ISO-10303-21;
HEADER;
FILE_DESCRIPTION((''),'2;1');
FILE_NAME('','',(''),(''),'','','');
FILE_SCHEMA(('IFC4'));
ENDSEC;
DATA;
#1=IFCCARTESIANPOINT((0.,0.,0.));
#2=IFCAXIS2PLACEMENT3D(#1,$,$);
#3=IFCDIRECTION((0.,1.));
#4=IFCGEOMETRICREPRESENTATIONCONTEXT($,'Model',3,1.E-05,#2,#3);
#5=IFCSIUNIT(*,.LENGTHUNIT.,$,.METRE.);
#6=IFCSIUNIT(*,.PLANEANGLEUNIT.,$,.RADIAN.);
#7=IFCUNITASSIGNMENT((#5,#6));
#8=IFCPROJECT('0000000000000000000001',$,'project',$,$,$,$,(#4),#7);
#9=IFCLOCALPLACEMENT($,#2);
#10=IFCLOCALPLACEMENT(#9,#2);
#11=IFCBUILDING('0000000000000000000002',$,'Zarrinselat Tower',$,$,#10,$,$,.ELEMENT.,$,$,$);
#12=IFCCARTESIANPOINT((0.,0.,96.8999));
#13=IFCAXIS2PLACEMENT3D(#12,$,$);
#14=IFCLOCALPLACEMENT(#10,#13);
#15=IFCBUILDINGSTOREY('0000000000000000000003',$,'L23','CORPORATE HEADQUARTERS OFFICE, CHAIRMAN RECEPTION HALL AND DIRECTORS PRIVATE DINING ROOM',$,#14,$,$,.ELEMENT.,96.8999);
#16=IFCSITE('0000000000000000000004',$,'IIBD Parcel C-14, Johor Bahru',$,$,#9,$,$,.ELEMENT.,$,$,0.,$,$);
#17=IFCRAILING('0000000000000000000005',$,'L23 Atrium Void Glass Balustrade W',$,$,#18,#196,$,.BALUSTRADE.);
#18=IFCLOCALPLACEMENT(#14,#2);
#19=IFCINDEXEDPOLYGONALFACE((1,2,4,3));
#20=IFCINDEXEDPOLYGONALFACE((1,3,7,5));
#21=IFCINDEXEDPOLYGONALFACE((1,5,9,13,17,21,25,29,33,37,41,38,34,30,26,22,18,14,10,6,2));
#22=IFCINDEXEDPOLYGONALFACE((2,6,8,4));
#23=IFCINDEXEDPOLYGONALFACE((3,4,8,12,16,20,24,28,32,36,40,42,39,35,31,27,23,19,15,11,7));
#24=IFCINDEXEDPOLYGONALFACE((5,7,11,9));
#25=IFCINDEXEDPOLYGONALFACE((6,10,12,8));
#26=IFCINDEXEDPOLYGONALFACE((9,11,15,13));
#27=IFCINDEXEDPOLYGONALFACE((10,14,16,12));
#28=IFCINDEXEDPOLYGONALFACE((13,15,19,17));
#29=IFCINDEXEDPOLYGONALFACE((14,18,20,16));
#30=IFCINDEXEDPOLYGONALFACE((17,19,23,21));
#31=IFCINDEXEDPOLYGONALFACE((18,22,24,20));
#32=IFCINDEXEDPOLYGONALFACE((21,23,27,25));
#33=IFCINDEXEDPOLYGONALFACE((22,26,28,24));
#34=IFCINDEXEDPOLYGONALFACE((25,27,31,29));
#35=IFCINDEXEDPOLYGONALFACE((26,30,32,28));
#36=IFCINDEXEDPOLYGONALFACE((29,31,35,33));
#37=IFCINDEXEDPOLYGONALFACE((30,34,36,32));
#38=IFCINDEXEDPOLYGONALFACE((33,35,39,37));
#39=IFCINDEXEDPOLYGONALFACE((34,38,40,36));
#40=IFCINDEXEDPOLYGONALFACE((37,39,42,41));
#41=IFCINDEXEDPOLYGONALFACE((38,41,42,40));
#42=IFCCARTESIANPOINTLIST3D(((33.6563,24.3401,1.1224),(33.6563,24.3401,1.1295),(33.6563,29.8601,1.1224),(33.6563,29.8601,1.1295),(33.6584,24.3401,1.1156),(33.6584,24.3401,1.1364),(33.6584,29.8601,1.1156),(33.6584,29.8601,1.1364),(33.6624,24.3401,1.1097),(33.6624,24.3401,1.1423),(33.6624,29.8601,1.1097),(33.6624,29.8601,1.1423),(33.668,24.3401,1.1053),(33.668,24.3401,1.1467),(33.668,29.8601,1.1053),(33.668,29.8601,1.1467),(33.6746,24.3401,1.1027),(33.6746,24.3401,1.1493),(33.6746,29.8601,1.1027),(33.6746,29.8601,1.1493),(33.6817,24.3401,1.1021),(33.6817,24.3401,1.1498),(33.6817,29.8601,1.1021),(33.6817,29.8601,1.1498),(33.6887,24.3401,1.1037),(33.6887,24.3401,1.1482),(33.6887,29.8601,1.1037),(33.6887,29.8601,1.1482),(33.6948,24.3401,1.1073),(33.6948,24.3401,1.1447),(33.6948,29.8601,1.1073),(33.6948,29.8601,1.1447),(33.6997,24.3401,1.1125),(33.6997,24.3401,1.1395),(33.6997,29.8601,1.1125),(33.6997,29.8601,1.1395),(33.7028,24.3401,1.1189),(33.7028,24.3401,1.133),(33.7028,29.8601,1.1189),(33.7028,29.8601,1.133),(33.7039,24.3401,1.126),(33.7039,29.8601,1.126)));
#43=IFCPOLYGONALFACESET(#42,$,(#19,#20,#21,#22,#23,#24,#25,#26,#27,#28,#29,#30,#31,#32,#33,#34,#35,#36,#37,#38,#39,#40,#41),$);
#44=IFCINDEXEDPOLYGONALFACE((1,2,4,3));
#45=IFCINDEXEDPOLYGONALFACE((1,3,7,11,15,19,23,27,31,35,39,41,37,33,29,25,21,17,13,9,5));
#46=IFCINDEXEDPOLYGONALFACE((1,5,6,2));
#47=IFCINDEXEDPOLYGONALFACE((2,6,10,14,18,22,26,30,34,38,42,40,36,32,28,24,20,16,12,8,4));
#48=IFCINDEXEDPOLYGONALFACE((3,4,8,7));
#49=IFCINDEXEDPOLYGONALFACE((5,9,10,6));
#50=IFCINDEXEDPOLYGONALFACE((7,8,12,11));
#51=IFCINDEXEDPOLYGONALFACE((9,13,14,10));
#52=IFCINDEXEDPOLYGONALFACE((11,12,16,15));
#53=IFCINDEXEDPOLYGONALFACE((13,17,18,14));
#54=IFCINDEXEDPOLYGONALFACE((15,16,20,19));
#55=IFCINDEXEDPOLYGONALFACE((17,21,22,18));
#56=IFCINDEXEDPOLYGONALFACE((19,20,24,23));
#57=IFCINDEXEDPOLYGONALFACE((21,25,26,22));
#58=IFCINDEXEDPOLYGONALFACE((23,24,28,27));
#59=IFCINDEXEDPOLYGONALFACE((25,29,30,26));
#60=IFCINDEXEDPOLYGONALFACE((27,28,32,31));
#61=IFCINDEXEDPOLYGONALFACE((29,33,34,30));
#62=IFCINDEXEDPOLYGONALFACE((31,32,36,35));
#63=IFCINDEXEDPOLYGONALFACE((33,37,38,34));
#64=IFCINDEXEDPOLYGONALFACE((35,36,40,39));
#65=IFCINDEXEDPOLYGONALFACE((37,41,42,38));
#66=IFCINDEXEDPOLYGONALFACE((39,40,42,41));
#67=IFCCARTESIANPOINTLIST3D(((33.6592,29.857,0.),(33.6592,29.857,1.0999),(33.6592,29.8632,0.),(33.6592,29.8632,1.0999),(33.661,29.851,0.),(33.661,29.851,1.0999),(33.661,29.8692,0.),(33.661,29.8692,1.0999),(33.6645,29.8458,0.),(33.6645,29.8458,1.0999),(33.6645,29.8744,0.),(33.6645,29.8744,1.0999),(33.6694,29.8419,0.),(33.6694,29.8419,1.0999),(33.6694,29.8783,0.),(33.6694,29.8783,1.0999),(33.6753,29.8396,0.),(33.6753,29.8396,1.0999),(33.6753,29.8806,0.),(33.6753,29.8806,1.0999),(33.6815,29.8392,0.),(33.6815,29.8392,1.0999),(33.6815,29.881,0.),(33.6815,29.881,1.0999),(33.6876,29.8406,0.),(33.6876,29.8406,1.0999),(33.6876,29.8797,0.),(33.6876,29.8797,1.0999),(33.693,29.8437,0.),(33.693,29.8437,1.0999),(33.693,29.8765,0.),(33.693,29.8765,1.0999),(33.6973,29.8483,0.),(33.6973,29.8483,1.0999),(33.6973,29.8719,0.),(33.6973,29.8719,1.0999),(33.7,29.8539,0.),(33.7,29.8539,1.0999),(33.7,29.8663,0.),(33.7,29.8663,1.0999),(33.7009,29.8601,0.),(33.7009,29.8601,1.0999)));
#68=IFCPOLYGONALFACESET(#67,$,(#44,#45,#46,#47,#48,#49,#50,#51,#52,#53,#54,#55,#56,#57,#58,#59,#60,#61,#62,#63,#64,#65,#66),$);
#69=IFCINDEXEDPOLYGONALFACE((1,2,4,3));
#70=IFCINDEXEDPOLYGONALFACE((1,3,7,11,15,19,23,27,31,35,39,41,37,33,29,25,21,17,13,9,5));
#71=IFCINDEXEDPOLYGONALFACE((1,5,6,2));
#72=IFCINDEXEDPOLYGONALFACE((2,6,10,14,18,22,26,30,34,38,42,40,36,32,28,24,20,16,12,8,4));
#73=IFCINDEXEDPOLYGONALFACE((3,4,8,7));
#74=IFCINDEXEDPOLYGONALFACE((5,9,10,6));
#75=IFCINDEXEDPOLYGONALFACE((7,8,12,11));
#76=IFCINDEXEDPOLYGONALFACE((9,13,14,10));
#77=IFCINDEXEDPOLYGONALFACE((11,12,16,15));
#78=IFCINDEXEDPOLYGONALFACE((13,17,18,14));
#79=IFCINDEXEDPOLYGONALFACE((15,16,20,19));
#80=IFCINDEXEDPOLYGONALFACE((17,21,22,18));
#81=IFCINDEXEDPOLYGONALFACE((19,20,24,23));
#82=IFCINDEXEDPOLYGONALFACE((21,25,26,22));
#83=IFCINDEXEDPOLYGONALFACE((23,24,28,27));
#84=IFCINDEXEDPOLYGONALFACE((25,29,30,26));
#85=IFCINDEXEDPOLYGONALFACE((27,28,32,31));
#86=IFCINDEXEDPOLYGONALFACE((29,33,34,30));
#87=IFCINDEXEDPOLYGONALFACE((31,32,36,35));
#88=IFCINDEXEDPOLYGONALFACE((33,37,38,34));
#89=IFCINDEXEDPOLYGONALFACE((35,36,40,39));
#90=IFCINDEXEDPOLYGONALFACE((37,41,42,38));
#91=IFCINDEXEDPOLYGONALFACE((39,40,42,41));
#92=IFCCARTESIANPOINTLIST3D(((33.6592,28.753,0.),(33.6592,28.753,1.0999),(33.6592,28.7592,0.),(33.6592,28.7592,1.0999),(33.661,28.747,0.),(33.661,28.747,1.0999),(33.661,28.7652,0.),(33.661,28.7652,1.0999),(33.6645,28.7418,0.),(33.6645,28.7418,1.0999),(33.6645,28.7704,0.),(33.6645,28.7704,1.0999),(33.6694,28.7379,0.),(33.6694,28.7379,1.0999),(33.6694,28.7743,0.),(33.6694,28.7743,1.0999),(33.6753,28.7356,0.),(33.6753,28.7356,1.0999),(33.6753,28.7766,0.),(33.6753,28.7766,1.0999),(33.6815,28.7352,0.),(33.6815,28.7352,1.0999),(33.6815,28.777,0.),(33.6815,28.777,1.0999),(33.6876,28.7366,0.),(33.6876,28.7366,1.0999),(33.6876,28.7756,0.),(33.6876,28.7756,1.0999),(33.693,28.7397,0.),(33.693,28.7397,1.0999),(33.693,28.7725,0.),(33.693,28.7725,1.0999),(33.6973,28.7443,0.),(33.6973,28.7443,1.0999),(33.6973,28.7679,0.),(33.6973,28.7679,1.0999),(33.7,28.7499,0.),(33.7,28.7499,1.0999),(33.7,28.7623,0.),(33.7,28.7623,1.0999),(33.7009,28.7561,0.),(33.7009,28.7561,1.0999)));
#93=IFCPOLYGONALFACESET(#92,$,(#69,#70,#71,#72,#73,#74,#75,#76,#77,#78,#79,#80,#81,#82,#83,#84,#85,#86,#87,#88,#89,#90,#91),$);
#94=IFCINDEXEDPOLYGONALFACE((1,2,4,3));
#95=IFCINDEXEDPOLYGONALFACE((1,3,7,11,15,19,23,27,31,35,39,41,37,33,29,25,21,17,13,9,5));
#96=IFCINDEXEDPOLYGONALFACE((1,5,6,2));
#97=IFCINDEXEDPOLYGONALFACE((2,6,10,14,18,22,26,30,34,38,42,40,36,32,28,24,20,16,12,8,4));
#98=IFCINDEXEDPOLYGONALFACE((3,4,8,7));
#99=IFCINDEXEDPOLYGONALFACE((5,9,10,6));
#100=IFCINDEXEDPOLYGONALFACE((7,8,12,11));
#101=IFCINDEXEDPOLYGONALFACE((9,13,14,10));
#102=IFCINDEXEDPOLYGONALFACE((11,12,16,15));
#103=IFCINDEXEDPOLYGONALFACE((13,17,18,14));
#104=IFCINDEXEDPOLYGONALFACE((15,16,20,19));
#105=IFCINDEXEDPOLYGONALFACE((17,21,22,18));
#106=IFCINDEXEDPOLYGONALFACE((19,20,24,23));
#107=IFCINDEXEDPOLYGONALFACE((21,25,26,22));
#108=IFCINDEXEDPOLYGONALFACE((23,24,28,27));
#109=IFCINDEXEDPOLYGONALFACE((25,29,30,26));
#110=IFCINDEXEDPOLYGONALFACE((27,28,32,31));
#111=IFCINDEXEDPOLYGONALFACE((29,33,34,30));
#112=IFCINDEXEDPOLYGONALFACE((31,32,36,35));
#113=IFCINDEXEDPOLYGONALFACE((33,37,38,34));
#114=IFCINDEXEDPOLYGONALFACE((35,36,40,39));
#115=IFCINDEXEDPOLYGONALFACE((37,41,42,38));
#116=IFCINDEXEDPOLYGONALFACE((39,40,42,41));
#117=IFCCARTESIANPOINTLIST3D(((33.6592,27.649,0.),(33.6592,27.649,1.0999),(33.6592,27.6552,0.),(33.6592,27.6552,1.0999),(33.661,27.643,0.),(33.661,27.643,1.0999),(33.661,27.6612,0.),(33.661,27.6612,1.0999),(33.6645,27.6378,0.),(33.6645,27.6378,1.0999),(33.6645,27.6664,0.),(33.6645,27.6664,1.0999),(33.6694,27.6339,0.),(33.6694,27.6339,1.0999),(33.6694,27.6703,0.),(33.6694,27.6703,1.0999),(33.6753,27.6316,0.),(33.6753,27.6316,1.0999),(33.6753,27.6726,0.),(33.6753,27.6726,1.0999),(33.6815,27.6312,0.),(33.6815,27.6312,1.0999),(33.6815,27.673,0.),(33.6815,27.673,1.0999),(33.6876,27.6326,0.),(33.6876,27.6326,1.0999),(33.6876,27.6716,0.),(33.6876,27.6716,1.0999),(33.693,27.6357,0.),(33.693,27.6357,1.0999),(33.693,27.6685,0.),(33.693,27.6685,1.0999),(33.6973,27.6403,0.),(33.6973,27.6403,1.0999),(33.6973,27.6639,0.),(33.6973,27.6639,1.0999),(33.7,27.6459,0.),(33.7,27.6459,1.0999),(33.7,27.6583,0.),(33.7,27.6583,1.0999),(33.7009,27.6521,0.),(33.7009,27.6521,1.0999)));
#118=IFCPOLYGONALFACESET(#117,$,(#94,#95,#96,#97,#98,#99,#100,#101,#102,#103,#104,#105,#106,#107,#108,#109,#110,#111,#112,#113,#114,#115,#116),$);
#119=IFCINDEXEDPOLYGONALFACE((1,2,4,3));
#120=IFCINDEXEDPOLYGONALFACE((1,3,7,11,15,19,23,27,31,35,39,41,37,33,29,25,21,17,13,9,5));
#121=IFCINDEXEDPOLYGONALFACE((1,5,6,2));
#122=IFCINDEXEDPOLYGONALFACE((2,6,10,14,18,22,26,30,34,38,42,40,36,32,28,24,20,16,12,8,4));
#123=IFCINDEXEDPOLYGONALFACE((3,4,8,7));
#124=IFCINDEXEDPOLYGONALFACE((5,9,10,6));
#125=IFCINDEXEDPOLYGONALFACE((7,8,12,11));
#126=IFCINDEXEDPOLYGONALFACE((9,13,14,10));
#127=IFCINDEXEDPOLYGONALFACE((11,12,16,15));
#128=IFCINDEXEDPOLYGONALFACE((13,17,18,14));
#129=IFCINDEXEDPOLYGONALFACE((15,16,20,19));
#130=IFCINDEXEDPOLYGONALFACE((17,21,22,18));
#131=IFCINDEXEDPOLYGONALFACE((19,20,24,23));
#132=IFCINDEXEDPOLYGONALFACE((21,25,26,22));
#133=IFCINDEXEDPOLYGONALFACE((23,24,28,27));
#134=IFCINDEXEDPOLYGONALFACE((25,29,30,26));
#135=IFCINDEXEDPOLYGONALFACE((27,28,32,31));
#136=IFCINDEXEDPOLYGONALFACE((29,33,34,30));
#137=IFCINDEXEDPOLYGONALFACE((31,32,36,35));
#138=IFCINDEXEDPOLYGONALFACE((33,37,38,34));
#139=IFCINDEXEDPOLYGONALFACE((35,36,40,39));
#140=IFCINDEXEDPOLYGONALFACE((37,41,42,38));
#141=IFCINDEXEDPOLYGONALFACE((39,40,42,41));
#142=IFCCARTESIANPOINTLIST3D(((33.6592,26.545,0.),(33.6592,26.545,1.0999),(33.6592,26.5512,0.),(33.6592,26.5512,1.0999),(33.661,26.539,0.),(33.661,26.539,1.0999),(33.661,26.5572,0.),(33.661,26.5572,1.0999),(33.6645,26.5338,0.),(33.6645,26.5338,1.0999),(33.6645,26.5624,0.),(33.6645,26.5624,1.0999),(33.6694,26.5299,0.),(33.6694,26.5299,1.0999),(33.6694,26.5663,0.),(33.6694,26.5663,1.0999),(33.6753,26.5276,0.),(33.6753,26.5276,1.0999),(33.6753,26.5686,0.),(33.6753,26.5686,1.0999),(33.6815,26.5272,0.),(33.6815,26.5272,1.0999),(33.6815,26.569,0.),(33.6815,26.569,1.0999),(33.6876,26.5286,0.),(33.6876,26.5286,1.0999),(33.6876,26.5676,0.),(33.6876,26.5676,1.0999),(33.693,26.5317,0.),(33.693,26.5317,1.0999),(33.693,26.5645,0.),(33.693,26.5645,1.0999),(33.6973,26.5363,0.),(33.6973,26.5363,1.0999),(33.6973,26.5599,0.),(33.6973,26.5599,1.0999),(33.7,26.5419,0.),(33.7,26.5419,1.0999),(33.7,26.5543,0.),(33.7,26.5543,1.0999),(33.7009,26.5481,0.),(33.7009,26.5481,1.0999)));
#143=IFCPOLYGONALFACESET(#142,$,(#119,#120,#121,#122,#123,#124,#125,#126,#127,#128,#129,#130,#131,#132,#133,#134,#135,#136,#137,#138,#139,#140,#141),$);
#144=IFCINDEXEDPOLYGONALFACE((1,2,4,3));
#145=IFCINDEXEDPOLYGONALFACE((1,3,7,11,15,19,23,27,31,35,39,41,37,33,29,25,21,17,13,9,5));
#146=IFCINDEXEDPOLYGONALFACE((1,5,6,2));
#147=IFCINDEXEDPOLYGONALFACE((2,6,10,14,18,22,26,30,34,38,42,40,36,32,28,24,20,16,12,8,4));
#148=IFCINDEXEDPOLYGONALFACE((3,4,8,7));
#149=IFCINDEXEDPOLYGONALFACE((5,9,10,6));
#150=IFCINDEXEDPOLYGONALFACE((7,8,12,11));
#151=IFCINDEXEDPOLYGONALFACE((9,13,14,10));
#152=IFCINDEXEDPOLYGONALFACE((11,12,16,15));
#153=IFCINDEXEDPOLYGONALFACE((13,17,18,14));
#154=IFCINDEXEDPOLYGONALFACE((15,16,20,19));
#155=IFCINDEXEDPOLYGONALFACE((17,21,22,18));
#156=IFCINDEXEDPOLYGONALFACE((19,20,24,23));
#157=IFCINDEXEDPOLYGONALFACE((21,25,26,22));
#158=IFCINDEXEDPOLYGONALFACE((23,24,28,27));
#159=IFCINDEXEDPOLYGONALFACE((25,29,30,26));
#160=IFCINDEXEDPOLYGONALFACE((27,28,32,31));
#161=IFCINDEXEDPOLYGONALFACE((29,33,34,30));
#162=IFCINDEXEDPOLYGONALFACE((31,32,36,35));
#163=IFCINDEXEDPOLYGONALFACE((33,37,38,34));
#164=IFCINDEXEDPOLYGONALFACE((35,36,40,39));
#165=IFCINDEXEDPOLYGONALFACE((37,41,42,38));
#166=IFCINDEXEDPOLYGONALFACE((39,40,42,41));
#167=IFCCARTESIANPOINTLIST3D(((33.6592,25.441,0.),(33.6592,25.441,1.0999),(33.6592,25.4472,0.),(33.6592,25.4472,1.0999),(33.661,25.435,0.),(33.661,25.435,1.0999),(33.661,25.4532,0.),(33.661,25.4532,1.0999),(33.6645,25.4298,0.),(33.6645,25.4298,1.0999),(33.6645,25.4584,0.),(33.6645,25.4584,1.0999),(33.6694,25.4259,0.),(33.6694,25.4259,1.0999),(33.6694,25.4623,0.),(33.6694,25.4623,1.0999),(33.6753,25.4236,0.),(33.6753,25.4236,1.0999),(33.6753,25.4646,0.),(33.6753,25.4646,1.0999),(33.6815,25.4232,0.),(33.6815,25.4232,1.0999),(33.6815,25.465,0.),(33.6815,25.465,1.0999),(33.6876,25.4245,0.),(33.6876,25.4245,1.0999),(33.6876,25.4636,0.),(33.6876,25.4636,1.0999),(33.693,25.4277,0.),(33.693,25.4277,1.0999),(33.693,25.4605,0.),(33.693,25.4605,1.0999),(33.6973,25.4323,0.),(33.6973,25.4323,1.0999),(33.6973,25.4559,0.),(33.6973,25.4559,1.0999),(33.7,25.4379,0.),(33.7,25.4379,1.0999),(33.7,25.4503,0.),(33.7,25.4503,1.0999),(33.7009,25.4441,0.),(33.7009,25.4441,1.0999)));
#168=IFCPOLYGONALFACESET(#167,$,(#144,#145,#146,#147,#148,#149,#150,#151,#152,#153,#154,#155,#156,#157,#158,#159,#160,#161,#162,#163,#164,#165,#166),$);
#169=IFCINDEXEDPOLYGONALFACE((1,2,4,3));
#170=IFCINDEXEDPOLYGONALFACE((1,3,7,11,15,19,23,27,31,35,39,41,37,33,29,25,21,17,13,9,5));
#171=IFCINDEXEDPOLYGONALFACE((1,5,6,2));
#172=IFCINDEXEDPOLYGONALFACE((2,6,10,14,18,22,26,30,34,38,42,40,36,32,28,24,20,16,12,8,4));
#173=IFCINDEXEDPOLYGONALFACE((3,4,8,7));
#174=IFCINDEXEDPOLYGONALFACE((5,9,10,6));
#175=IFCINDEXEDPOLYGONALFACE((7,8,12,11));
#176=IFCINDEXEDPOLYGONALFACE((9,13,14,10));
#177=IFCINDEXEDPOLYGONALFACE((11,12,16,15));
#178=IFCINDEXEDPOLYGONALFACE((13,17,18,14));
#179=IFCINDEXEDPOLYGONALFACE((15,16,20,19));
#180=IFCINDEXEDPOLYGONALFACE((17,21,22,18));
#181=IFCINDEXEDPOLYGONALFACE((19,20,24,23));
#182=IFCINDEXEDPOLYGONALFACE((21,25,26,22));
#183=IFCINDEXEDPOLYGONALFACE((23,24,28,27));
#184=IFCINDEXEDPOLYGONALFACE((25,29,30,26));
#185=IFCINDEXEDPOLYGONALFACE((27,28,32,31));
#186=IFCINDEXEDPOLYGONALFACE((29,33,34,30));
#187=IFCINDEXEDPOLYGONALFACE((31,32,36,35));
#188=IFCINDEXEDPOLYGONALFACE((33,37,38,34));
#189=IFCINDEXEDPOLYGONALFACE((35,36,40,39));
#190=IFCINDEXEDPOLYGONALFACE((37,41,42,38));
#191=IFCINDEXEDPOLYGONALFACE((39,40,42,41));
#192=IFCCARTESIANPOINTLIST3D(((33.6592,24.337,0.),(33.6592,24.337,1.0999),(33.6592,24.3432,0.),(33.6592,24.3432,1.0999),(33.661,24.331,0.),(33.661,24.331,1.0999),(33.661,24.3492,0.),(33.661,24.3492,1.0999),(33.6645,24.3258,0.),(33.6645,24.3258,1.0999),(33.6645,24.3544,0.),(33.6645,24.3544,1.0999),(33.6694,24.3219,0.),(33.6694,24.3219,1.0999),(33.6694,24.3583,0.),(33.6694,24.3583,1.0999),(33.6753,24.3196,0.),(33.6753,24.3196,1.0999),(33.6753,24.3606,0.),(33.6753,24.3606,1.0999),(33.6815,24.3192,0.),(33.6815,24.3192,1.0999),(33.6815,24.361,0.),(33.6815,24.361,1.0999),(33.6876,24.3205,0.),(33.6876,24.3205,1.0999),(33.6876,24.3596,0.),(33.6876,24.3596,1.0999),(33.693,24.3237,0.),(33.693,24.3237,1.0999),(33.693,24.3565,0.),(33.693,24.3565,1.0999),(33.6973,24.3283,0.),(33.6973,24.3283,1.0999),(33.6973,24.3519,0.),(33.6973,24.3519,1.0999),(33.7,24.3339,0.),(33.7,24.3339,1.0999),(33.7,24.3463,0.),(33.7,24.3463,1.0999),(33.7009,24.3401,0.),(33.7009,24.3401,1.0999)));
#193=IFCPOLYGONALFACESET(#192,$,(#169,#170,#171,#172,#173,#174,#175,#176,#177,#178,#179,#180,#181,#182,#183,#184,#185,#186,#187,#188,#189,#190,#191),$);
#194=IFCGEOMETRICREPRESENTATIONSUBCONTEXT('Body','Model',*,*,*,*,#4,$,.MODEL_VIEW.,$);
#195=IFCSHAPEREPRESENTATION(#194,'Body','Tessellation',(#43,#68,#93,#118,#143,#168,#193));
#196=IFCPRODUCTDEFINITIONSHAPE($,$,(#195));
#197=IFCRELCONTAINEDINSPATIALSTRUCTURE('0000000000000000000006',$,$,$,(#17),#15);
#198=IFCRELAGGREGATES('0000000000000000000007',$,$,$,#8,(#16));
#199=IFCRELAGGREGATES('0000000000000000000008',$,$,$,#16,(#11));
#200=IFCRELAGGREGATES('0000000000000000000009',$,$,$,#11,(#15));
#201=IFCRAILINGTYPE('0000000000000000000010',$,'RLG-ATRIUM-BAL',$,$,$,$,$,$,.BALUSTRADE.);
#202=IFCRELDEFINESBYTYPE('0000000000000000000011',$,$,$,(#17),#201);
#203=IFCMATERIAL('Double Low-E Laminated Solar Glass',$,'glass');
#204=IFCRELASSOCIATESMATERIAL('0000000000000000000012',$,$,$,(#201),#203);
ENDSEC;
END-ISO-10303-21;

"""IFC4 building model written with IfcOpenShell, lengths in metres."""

from ifc_helpers import new_model, si_unit, direction, frame, origin, origin_2d, place, context, subcontext, project, spatial, circle, extrude, material, type_object, element, save


model = new_model("IFC4")

# Units and contexts
model_context = context("Model", 3, precision=1e-05, world=origin(), true_north=direction((0.0, 1.0)))
body_context = subcontext(model_context, "Body", "Model", "MODEL_VIEW")
ifc_project = project(units=[si_unit("LENGTHUNIT", "METRE"), si_unit("PLANEANGLEUNIT", "RADIAN")], contexts=[model_context])

# Site, building, storey
site_placement = place(None, origin())
site = spatial("IfcSite", under=ifc_project, at=site_placement, Name="IIBD Parcel C-14, Johor Bahru", CompositionType="ELEMENT", RefElevation=0.0)
building_placement = place(site_placement, origin())
building = spatial("IfcBuilding", under=site, at=building_placement, Name="Zarrinselat Tower", CompositionType="ELEMENT")
storey_placement = place(building_placement, frame((0.0, 0.0, 96.8999)))
storey = spatial("IfcBuildingStorey", under=building, at=storey_placement, Name="L23", Description="CORPORATE HEADQUARTERS OFFICE, CHAIRMAN RECEPTION HALL AND DIRECTORS PRIVATE DINING ROOM", CompositionType="ELEMENT", Elevation=96.8999)

# Railing
ifc_material_1 = material(Name="Double Low-E Laminated Solar Glass", Category="glass")
railing_type_1 = type_object("IfcRailingType", Name="RLG-ATRIUM-BAL", PredefinedType="BALUSTRADE", material=ifc_material_1)
railing_1_placement = place(storey_placement, frame((33.6799, 29.8601, 0.0)))
element("IfcRailing", 1, at=railing_1_placement, inside=storey, type_object=railing_type_1, Name="L23 Atrium Void Glass Balustrade W", PredefinedType="BALUSTRADE", context=body_context, shape_type="SweptSolid", body=[
    extrude(circle(Radius=0.0239, at=origin_2d()), frame((0.0, 0.0, 1.126), z_axis=(0.0, -1.0, 0.0), x_axis=(1.0, 0.0, 0.0)), (0.0, 0.0, 1.0), 5.52),
    extrude(circle(Radius=0.021, at=origin_2d()), origin(), (0.0, 0.0, 1.0), 1.0999),
    extrude(circle(Radius=0.021, at=origin_2d()), frame((0.0, -1.104, 0.0)), (0.0, 0.0, 1.0), 1.0999),
    extrude(circle(Radius=0.021, at=origin_2d()), frame((0.0, -2.208, 0.0)), (0.0, 0.0, 1.0), 1.0999),
    extrude(circle(Radius=0.021, at=origin_2d()), frame((0.0, -3.312, 0.0)), (0.0, 0.0, 1.0), 1.0999),
    extrude(circle(Radius=0.021, at=origin_2d()), frame((0.0, -4.416, 0.0)), (0.0, 0.0, 1.0), 1.0999),
    extrude(circle(Radius=0.021, at=origin_2d()), frame((0.0, -5.52, 0.0)), (0.0, 0.0, 1.0), 1.0999),
])

save(model, "model.ifc")
